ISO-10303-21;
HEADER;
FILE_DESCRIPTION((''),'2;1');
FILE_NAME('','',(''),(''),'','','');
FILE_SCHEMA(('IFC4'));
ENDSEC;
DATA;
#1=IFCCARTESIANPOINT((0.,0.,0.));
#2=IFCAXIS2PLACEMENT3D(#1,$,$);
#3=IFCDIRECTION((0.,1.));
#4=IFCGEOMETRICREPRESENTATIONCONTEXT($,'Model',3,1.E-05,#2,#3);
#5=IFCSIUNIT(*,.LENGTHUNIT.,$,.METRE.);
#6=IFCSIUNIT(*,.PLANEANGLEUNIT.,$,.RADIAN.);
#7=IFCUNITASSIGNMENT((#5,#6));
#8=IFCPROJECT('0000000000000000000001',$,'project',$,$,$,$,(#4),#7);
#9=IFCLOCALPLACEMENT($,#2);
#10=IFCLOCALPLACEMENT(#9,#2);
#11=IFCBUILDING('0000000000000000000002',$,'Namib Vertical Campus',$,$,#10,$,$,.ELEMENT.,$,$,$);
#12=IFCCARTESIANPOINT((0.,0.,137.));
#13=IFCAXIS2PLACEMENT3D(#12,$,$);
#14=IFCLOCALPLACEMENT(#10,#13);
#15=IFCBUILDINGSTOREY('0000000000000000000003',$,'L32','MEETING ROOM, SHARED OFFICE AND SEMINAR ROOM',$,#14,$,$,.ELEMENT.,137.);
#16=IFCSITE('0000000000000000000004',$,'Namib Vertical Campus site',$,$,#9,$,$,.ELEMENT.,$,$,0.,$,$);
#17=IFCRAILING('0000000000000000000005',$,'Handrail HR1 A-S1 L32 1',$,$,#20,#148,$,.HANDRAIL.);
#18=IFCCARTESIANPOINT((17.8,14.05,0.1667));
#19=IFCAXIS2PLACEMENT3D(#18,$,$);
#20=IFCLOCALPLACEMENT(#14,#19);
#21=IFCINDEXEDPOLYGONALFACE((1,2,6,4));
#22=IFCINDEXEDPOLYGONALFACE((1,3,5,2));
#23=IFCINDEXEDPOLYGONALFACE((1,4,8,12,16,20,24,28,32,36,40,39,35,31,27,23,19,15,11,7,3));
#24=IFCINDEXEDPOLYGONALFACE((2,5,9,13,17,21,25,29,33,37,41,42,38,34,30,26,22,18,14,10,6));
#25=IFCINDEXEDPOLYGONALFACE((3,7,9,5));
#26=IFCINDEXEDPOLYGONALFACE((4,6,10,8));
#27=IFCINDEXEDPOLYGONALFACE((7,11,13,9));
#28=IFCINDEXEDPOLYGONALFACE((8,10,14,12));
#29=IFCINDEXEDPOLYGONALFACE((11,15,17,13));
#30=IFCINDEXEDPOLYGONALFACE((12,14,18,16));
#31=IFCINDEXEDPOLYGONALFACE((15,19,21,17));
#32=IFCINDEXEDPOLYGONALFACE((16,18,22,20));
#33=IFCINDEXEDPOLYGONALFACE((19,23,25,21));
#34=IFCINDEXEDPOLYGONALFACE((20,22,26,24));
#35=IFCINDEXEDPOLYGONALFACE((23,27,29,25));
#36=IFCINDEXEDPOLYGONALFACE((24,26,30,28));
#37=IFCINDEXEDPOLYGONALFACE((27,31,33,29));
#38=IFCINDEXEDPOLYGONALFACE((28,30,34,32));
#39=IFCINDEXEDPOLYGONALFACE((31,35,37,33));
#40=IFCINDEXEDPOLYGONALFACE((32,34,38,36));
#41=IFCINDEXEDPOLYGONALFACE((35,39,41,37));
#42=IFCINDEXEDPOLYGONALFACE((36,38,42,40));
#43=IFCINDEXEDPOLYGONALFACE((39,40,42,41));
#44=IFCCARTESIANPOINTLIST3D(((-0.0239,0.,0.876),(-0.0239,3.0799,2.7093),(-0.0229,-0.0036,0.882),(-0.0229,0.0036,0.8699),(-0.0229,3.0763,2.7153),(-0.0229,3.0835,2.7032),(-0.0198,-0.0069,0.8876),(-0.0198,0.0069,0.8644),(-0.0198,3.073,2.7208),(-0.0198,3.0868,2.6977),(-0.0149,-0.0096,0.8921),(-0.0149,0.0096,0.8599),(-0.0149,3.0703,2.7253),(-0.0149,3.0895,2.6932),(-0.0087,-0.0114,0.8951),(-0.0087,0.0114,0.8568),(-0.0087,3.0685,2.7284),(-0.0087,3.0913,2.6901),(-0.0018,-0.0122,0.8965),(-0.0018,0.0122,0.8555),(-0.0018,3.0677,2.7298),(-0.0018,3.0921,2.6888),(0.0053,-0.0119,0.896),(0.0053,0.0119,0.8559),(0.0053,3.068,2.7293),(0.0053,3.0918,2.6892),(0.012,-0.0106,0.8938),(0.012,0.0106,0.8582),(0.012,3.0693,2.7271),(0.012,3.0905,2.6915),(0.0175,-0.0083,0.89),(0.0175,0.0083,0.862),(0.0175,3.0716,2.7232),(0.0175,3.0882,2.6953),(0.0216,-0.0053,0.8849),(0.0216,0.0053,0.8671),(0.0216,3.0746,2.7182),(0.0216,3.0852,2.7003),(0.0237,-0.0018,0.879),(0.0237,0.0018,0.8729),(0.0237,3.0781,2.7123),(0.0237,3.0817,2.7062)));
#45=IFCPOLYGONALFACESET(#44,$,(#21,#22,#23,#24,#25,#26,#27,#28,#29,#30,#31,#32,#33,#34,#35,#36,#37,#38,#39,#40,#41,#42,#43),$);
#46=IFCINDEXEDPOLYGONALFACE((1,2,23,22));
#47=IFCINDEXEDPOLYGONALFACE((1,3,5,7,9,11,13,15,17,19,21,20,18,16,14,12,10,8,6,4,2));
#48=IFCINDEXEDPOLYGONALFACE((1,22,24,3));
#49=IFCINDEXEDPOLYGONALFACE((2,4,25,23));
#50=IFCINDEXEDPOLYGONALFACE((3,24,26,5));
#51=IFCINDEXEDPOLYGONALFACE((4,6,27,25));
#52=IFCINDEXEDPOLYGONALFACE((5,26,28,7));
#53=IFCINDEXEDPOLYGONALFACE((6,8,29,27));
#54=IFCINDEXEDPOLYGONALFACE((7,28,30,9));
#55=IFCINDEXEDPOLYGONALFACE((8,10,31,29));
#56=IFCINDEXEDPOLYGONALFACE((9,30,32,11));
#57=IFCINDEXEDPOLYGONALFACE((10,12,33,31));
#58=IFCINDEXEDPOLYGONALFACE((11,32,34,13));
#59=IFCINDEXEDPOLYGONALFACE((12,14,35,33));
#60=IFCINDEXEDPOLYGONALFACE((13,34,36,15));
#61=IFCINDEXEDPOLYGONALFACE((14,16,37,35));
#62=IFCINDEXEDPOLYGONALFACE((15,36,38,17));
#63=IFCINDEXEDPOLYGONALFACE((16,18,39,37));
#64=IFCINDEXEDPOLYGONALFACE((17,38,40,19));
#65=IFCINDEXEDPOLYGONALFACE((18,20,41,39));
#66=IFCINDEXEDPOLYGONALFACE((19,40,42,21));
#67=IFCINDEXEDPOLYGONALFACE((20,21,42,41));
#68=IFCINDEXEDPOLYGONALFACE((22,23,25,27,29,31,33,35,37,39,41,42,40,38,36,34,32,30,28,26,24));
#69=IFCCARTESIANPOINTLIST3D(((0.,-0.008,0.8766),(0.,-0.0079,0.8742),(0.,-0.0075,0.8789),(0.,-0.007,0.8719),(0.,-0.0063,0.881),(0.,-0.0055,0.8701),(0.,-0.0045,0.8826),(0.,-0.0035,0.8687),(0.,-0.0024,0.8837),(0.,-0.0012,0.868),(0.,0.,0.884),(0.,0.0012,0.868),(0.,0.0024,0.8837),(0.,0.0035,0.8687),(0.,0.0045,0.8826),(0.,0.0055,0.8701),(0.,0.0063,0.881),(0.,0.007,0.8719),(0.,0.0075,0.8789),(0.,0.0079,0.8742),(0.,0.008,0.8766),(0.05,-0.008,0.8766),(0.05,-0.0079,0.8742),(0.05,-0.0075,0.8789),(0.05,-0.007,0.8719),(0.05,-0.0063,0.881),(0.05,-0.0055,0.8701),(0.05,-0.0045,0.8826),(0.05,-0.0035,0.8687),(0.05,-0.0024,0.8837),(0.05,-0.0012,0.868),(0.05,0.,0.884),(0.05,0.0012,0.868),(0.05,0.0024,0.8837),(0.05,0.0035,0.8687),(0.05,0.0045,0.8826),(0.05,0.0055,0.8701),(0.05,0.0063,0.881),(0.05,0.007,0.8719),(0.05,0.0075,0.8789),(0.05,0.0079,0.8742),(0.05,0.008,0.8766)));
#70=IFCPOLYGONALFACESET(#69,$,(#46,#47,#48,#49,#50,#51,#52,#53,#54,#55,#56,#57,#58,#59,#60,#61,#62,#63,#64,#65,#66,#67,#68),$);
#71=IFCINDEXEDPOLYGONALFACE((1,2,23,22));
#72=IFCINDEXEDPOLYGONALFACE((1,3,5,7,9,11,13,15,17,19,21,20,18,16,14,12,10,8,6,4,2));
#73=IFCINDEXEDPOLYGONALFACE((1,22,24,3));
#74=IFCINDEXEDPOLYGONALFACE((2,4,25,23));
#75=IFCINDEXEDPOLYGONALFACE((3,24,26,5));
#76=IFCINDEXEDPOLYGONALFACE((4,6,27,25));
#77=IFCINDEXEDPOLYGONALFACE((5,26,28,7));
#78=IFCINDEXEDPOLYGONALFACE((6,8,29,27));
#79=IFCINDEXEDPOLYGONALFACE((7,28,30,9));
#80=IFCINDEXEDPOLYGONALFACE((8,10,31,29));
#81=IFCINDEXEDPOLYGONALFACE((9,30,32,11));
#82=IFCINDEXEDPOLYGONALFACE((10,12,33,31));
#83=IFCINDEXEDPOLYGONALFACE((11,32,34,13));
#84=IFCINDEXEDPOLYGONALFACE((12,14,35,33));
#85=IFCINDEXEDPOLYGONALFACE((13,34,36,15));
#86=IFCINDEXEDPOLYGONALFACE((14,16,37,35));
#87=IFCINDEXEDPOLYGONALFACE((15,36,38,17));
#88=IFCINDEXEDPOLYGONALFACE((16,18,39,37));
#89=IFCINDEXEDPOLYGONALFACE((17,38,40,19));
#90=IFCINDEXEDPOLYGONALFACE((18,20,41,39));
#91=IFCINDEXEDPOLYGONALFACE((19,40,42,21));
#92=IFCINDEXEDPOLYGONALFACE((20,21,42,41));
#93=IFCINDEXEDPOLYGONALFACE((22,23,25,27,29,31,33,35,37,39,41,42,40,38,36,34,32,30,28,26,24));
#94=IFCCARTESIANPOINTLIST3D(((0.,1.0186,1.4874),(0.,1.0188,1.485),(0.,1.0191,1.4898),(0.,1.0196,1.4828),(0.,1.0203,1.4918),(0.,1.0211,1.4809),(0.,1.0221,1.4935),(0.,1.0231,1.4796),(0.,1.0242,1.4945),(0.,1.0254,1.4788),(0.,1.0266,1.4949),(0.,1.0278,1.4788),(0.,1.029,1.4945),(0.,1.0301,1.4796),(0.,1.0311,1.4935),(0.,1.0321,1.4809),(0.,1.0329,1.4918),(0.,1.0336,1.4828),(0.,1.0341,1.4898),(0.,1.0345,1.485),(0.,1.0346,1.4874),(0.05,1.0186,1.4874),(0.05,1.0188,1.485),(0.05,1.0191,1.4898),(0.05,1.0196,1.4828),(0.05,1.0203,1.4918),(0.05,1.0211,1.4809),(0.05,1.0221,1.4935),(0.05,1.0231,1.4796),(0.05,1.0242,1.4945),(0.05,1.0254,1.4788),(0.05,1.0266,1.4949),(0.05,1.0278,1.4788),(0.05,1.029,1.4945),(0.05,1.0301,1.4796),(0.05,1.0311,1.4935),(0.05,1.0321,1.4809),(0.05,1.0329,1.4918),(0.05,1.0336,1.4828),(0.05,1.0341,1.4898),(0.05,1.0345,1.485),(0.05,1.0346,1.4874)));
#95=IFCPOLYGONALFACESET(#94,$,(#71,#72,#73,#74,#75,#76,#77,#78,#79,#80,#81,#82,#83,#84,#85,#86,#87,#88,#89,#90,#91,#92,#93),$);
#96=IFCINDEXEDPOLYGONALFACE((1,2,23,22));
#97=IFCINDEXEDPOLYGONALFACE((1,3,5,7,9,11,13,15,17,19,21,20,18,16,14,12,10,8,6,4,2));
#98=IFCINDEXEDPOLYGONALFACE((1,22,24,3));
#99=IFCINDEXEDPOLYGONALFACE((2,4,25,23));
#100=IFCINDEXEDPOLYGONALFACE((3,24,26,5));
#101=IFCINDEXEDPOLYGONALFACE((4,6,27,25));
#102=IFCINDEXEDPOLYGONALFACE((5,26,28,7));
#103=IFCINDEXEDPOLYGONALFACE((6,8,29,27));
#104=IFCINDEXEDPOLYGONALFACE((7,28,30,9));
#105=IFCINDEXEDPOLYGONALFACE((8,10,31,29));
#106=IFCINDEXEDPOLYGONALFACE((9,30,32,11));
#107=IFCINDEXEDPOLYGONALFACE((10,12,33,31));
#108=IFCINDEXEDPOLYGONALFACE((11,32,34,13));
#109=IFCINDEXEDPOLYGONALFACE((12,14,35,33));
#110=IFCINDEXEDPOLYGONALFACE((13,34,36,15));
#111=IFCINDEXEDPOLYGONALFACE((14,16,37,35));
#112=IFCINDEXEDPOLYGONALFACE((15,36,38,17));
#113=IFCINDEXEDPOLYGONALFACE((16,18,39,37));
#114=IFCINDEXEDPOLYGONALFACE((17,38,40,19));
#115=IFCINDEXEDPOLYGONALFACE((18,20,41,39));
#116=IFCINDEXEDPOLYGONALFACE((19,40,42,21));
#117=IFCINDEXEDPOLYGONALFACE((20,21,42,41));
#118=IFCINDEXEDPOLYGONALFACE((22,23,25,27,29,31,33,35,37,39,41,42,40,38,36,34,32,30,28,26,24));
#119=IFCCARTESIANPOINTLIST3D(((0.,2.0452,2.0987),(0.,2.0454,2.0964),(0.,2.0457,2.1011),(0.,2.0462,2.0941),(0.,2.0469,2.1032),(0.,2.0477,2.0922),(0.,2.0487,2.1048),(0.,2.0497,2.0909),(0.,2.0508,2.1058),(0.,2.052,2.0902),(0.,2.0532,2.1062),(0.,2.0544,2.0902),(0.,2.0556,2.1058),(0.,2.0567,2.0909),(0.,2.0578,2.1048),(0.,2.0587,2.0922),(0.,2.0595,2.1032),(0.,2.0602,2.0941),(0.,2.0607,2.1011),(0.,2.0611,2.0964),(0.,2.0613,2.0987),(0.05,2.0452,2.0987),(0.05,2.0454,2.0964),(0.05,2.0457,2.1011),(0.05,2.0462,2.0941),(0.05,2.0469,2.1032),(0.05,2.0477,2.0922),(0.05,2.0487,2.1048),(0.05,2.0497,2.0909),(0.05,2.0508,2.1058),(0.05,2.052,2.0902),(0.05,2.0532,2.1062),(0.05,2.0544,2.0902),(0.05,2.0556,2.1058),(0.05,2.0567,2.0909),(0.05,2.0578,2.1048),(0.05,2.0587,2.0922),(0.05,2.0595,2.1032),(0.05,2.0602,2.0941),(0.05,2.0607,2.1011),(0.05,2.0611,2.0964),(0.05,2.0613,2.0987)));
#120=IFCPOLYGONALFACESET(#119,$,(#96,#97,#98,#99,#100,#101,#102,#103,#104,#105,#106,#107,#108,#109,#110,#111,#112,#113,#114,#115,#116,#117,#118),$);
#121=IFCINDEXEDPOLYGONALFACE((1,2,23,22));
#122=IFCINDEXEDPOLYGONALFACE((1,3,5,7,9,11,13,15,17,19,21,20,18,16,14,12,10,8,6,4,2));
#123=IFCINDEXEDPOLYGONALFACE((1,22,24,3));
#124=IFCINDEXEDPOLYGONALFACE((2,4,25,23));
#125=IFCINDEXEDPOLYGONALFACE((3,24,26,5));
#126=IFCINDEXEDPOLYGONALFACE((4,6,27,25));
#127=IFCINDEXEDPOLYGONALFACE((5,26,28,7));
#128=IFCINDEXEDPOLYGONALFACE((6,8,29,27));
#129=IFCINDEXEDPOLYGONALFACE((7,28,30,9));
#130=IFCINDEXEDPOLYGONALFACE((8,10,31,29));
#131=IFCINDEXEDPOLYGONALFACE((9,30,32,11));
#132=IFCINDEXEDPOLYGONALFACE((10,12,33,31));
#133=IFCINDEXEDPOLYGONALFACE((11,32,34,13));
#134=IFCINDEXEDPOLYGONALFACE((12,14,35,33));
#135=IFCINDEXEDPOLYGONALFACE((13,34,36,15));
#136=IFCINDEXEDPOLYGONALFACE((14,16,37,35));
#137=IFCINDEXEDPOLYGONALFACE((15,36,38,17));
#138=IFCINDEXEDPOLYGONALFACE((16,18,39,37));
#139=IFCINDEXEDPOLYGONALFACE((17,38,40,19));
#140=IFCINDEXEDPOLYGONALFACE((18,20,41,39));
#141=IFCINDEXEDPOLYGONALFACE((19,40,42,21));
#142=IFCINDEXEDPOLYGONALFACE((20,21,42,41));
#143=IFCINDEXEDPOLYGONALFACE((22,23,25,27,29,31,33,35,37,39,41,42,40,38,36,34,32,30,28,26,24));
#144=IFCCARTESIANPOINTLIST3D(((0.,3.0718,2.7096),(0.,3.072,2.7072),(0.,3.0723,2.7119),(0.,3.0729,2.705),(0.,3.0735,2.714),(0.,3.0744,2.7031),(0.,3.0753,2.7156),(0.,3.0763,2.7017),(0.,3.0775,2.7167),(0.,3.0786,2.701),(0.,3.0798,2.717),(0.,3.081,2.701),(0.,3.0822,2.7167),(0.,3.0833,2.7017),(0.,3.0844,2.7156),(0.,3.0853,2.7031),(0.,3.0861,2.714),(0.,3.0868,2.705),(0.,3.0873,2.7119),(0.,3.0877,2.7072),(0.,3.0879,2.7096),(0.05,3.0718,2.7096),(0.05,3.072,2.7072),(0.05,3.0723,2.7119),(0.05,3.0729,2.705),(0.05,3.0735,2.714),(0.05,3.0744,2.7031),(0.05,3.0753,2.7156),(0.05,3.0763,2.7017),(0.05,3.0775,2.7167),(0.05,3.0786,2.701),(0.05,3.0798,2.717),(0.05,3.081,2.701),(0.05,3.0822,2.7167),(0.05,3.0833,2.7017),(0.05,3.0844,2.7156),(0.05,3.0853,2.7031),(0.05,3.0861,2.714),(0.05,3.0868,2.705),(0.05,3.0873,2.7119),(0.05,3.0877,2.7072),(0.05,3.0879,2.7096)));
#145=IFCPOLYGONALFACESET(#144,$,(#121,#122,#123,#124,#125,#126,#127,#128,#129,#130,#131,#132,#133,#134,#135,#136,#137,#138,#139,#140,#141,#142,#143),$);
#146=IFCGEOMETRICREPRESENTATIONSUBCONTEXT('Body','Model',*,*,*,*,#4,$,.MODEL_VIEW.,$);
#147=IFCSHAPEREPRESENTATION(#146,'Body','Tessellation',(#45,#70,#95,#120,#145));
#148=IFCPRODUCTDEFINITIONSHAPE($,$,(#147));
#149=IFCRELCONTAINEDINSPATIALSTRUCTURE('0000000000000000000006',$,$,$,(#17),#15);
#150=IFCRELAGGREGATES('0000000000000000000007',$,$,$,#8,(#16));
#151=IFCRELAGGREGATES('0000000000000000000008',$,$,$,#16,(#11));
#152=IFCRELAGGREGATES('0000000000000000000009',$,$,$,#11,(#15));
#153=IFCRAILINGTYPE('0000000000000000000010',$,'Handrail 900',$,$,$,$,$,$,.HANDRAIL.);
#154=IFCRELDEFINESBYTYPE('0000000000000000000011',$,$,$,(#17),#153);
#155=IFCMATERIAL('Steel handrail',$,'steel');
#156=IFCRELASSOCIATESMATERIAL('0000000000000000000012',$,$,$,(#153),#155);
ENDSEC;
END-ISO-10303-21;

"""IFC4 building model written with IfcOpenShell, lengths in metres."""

from ifc_helpers import new_model, si_unit, direction, frame, origin, origin_2d, place, context, subcontext, project, spatial, circle, extrude, material, type_object, element, save


model = new_model("IFC4")

# Units and contexts
model_context = context("Model", 3, precision=1e-05, world=origin(), true_north=direction((0.0, 1.0)))
body_context = subcontext(model_context, "Body", "Model", "MODEL_VIEW")
ifc_project = project(units=[si_unit("LENGTHUNIT", "METRE"), si_unit("PLANEANGLEUNIT", "RADIAN")], contexts=[model_context])

# Site, building, storey
site_placement = place(None, origin())
site = spatial("IfcSite", under=ifc_project, at=site_placement, Name="Namib Vertical Campus site", CompositionType="ELEMENT", RefElevation=0.0)
building_placement = place(site_placement, origin())
building = spatial("IfcBuilding", under=site, at=building_placement, Name="Namib Vertical Campus", CompositionType="ELEMENT")
storey_placement = place(building_placement, frame((0.0, 0.0, 137.0)))
storey = spatial("IfcBuildingStorey", under=building, at=storey_placement, Name="L32", Description="MEETING ROOM, SHARED OFFICE AND SEMINAR ROOM", CompositionType="ELEMENT", Elevation=137.0)

# Railing
ifc_material_1 = material(Name="Steel handrail", Category="steel")
railing_type_1 = type_object("IfcRailingType", Name="Handrail 900", PredefinedType="HANDRAIL", material=ifc_material_1)
railing_1_placement = place(storey_placement, frame((17.8, 14.05, 0.1667)))
element("IfcRailing", 1, at=railing_1_placement, inside=storey, type_object=railing_type_1, Name="Handrail HR1 A-S1 L32 1", PredefinedType="HANDRAIL", context=body_context, shape_type="SweptSolid", body=[
    extrude(circle(Radius=0.0239, at=origin_2d()), frame((0.0, 0.0, 0.876), z_axis=(0.0, 0.859291, 0.511487), x_axis=(-1.0, 0.0, 0.0)), (0.0, 0.0, 1.0), 3.5842),
    extrude(circle(Radius=0.0081, at=origin_2d()), frame((0.0, 0.0, 0.876), z_axis=(1.0, 0.0, 0.0), x_axis=(0.0, 0.0, 1.0)), (0.0, 0.0, 1.0), 0.05),
    extrude(circle(Radius=0.0081, at=origin_2d()), frame((0.0, 1.0266, 1.4868), z_axis=(1.0, 0.0, 0.0), x_axis=(0.0, 0.0, 1.0)), (0.0, 0.0, 1.0), 0.05),
    extrude(circle(Radius=0.0081, at=origin_2d()), frame((0.0, 2.0532, 2.0981), z_axis=(1.0, 0.0, 0.0), x_axis=(0.0, 0.0, 1.0)), (0.0, 0.0, 1.0), 0.05),
    extrude(circle(Radius=0.0081, at=origin_2d()), frame((0.0, 3.0798, 2.709), z_axis=(1.0, 0.0, 0.0), x_axis=(0.0, 0.0, 1.0)), (0.0, 0.0, 1.0), 0.05),
])

save(model, "model.ifc")
